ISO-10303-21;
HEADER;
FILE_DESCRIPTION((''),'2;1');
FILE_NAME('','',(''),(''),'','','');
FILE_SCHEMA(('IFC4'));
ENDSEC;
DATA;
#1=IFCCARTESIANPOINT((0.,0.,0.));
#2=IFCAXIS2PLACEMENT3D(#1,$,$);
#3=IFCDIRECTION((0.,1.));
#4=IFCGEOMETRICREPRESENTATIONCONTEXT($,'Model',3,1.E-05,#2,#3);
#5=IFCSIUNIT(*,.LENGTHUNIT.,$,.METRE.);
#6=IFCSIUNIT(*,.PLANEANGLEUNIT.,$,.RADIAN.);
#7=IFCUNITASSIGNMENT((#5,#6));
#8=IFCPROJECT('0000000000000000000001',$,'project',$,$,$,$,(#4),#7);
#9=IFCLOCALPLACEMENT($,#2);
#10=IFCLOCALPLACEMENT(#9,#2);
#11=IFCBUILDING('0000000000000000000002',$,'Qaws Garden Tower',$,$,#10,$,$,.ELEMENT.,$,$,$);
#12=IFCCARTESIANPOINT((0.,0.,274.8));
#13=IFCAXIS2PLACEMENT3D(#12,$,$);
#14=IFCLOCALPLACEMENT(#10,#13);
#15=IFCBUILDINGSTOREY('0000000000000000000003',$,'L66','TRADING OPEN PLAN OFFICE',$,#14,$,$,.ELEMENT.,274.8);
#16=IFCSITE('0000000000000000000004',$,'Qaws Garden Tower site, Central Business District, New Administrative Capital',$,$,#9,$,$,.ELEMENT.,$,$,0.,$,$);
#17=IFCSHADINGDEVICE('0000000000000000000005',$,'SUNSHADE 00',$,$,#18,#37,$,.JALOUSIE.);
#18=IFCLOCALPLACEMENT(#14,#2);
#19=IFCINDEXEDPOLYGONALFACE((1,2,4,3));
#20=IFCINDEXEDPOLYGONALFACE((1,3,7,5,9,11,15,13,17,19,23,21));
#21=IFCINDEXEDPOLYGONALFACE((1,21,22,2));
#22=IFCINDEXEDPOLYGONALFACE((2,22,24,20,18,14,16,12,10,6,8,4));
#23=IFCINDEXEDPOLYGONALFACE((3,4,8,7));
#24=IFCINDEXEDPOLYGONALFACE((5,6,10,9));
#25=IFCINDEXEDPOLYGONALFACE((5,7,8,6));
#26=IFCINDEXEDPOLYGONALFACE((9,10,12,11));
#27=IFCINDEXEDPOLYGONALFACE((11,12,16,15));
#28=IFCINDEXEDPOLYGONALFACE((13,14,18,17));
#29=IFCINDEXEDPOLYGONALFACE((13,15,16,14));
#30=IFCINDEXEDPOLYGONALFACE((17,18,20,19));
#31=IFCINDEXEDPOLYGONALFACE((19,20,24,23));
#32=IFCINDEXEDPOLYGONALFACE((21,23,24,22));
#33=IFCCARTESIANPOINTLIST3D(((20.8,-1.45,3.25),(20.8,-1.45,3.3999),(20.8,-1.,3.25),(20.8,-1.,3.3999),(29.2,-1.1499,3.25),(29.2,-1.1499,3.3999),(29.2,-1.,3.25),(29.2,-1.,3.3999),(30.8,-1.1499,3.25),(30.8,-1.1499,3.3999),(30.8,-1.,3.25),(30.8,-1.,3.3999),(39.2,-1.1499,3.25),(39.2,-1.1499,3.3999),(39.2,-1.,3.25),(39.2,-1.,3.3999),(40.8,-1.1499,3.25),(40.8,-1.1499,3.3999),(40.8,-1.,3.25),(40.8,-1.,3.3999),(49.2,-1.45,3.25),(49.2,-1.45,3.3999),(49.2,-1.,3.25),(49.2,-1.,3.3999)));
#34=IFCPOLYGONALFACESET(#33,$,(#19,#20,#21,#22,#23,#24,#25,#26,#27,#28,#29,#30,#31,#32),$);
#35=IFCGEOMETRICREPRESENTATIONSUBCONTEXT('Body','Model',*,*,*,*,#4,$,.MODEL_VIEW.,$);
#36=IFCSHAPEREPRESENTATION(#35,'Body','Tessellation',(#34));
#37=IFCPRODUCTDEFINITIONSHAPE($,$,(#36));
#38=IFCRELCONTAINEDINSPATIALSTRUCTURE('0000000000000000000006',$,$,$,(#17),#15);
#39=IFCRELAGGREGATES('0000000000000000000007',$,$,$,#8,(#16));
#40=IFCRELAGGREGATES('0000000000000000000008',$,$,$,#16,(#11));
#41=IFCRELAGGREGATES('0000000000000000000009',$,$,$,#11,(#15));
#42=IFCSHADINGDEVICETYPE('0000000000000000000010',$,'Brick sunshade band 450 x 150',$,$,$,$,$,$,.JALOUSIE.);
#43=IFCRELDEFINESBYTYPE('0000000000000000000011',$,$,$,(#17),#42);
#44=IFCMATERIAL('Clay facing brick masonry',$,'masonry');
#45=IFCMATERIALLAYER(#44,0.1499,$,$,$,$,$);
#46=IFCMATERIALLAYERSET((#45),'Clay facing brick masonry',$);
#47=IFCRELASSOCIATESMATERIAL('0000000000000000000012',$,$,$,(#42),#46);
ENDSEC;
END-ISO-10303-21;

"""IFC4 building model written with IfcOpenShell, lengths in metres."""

from ifc_helpers import new_model, si_unit, direction, frame, origin, place, context, subcontext, project, spatial, polyline, outline, extrude, material, layer, layer_set, type_object, element, save


model = new_model("IFC4")

# Units and contexts
model_context = context("Model", 3, precision=1e-05, world=origin(), true_north=direction((0.0, 1.0)))
body_context = subcontext(model_context, "Body", "Model", "MODEL_VIEW")
ifc_project = project(units=[si_unit("LENGTHUNIT", "METRE"), si_unit("PLANEANGLEUNIT", "RADIAN")], contexts=[model_context])

# Site, building, storey
site_placement = place(None, origin())
site = spatial("IfcSite", under=ifc_project, at=site_placement, Name="Qaws Garden Tower site, Central Business District, New Administrative Capital", CompositionType="ELEMENT", RefElevation=0.0)
building_placement = place(site_placement, origin())
building = spatial("IfcBuilding", under=site, at=building_placement, Name="Qaws Garden Tower", CompositionType="ELEMENT")
storey_placement = place(building_placement, frame((0.0, 0.0, 274.8)))
storey = spatial("IfcBuildingStorey", under=building, at=storey_placement, Name="L66", Description="TRADING OPEN PLAN OFFICE", CompositionType="ELEMENT", Elevation=274.8)

# Shading device
ifc_material_1 = material(Name="Clay facing brick masonry", Category="masonry")
ifc_layer_1 = layer(ifc_material_1, 0.1499)
ifc_layer_set_1 = layer_set([ifc_layer_1], Name="Clay facing brick masonry")
shading_device_type = type_object("IfcShadingDeviceType", Name="Brick sunshade band 450 x 150", PredefinedType="JALOUSIE", material=ifc_layer_set_1)
shading_device_placement = place(storey_placement, frame((0.0, 0.0, 3.25)))
element("IfcShadingDevice", 1, at=shading_device_placement, inside=storey, type_object=shading_device_type, Name="SUNSHADE 00", PredefinedType="JALOUSIE", context=body_context, shape_type="SweptSolid", body=[
    extrude(outline(polyline([(20.8, -1.0), (20.8, -1.45), (49.2, -1.45), (49.2, -1.0), (40.8, -1.0), (40.8, -1.1499), (39.2, -1.1499), (39.2, -1.0), (30.8, -1.0), (30.8, -1.1499), (29.2, -1.1499), (29.2, -1.0), (20.8, -1.0)])), origin(), (0.0, 0.0, 1.0), 0.1499),
])

save(model, "model.ifc")
